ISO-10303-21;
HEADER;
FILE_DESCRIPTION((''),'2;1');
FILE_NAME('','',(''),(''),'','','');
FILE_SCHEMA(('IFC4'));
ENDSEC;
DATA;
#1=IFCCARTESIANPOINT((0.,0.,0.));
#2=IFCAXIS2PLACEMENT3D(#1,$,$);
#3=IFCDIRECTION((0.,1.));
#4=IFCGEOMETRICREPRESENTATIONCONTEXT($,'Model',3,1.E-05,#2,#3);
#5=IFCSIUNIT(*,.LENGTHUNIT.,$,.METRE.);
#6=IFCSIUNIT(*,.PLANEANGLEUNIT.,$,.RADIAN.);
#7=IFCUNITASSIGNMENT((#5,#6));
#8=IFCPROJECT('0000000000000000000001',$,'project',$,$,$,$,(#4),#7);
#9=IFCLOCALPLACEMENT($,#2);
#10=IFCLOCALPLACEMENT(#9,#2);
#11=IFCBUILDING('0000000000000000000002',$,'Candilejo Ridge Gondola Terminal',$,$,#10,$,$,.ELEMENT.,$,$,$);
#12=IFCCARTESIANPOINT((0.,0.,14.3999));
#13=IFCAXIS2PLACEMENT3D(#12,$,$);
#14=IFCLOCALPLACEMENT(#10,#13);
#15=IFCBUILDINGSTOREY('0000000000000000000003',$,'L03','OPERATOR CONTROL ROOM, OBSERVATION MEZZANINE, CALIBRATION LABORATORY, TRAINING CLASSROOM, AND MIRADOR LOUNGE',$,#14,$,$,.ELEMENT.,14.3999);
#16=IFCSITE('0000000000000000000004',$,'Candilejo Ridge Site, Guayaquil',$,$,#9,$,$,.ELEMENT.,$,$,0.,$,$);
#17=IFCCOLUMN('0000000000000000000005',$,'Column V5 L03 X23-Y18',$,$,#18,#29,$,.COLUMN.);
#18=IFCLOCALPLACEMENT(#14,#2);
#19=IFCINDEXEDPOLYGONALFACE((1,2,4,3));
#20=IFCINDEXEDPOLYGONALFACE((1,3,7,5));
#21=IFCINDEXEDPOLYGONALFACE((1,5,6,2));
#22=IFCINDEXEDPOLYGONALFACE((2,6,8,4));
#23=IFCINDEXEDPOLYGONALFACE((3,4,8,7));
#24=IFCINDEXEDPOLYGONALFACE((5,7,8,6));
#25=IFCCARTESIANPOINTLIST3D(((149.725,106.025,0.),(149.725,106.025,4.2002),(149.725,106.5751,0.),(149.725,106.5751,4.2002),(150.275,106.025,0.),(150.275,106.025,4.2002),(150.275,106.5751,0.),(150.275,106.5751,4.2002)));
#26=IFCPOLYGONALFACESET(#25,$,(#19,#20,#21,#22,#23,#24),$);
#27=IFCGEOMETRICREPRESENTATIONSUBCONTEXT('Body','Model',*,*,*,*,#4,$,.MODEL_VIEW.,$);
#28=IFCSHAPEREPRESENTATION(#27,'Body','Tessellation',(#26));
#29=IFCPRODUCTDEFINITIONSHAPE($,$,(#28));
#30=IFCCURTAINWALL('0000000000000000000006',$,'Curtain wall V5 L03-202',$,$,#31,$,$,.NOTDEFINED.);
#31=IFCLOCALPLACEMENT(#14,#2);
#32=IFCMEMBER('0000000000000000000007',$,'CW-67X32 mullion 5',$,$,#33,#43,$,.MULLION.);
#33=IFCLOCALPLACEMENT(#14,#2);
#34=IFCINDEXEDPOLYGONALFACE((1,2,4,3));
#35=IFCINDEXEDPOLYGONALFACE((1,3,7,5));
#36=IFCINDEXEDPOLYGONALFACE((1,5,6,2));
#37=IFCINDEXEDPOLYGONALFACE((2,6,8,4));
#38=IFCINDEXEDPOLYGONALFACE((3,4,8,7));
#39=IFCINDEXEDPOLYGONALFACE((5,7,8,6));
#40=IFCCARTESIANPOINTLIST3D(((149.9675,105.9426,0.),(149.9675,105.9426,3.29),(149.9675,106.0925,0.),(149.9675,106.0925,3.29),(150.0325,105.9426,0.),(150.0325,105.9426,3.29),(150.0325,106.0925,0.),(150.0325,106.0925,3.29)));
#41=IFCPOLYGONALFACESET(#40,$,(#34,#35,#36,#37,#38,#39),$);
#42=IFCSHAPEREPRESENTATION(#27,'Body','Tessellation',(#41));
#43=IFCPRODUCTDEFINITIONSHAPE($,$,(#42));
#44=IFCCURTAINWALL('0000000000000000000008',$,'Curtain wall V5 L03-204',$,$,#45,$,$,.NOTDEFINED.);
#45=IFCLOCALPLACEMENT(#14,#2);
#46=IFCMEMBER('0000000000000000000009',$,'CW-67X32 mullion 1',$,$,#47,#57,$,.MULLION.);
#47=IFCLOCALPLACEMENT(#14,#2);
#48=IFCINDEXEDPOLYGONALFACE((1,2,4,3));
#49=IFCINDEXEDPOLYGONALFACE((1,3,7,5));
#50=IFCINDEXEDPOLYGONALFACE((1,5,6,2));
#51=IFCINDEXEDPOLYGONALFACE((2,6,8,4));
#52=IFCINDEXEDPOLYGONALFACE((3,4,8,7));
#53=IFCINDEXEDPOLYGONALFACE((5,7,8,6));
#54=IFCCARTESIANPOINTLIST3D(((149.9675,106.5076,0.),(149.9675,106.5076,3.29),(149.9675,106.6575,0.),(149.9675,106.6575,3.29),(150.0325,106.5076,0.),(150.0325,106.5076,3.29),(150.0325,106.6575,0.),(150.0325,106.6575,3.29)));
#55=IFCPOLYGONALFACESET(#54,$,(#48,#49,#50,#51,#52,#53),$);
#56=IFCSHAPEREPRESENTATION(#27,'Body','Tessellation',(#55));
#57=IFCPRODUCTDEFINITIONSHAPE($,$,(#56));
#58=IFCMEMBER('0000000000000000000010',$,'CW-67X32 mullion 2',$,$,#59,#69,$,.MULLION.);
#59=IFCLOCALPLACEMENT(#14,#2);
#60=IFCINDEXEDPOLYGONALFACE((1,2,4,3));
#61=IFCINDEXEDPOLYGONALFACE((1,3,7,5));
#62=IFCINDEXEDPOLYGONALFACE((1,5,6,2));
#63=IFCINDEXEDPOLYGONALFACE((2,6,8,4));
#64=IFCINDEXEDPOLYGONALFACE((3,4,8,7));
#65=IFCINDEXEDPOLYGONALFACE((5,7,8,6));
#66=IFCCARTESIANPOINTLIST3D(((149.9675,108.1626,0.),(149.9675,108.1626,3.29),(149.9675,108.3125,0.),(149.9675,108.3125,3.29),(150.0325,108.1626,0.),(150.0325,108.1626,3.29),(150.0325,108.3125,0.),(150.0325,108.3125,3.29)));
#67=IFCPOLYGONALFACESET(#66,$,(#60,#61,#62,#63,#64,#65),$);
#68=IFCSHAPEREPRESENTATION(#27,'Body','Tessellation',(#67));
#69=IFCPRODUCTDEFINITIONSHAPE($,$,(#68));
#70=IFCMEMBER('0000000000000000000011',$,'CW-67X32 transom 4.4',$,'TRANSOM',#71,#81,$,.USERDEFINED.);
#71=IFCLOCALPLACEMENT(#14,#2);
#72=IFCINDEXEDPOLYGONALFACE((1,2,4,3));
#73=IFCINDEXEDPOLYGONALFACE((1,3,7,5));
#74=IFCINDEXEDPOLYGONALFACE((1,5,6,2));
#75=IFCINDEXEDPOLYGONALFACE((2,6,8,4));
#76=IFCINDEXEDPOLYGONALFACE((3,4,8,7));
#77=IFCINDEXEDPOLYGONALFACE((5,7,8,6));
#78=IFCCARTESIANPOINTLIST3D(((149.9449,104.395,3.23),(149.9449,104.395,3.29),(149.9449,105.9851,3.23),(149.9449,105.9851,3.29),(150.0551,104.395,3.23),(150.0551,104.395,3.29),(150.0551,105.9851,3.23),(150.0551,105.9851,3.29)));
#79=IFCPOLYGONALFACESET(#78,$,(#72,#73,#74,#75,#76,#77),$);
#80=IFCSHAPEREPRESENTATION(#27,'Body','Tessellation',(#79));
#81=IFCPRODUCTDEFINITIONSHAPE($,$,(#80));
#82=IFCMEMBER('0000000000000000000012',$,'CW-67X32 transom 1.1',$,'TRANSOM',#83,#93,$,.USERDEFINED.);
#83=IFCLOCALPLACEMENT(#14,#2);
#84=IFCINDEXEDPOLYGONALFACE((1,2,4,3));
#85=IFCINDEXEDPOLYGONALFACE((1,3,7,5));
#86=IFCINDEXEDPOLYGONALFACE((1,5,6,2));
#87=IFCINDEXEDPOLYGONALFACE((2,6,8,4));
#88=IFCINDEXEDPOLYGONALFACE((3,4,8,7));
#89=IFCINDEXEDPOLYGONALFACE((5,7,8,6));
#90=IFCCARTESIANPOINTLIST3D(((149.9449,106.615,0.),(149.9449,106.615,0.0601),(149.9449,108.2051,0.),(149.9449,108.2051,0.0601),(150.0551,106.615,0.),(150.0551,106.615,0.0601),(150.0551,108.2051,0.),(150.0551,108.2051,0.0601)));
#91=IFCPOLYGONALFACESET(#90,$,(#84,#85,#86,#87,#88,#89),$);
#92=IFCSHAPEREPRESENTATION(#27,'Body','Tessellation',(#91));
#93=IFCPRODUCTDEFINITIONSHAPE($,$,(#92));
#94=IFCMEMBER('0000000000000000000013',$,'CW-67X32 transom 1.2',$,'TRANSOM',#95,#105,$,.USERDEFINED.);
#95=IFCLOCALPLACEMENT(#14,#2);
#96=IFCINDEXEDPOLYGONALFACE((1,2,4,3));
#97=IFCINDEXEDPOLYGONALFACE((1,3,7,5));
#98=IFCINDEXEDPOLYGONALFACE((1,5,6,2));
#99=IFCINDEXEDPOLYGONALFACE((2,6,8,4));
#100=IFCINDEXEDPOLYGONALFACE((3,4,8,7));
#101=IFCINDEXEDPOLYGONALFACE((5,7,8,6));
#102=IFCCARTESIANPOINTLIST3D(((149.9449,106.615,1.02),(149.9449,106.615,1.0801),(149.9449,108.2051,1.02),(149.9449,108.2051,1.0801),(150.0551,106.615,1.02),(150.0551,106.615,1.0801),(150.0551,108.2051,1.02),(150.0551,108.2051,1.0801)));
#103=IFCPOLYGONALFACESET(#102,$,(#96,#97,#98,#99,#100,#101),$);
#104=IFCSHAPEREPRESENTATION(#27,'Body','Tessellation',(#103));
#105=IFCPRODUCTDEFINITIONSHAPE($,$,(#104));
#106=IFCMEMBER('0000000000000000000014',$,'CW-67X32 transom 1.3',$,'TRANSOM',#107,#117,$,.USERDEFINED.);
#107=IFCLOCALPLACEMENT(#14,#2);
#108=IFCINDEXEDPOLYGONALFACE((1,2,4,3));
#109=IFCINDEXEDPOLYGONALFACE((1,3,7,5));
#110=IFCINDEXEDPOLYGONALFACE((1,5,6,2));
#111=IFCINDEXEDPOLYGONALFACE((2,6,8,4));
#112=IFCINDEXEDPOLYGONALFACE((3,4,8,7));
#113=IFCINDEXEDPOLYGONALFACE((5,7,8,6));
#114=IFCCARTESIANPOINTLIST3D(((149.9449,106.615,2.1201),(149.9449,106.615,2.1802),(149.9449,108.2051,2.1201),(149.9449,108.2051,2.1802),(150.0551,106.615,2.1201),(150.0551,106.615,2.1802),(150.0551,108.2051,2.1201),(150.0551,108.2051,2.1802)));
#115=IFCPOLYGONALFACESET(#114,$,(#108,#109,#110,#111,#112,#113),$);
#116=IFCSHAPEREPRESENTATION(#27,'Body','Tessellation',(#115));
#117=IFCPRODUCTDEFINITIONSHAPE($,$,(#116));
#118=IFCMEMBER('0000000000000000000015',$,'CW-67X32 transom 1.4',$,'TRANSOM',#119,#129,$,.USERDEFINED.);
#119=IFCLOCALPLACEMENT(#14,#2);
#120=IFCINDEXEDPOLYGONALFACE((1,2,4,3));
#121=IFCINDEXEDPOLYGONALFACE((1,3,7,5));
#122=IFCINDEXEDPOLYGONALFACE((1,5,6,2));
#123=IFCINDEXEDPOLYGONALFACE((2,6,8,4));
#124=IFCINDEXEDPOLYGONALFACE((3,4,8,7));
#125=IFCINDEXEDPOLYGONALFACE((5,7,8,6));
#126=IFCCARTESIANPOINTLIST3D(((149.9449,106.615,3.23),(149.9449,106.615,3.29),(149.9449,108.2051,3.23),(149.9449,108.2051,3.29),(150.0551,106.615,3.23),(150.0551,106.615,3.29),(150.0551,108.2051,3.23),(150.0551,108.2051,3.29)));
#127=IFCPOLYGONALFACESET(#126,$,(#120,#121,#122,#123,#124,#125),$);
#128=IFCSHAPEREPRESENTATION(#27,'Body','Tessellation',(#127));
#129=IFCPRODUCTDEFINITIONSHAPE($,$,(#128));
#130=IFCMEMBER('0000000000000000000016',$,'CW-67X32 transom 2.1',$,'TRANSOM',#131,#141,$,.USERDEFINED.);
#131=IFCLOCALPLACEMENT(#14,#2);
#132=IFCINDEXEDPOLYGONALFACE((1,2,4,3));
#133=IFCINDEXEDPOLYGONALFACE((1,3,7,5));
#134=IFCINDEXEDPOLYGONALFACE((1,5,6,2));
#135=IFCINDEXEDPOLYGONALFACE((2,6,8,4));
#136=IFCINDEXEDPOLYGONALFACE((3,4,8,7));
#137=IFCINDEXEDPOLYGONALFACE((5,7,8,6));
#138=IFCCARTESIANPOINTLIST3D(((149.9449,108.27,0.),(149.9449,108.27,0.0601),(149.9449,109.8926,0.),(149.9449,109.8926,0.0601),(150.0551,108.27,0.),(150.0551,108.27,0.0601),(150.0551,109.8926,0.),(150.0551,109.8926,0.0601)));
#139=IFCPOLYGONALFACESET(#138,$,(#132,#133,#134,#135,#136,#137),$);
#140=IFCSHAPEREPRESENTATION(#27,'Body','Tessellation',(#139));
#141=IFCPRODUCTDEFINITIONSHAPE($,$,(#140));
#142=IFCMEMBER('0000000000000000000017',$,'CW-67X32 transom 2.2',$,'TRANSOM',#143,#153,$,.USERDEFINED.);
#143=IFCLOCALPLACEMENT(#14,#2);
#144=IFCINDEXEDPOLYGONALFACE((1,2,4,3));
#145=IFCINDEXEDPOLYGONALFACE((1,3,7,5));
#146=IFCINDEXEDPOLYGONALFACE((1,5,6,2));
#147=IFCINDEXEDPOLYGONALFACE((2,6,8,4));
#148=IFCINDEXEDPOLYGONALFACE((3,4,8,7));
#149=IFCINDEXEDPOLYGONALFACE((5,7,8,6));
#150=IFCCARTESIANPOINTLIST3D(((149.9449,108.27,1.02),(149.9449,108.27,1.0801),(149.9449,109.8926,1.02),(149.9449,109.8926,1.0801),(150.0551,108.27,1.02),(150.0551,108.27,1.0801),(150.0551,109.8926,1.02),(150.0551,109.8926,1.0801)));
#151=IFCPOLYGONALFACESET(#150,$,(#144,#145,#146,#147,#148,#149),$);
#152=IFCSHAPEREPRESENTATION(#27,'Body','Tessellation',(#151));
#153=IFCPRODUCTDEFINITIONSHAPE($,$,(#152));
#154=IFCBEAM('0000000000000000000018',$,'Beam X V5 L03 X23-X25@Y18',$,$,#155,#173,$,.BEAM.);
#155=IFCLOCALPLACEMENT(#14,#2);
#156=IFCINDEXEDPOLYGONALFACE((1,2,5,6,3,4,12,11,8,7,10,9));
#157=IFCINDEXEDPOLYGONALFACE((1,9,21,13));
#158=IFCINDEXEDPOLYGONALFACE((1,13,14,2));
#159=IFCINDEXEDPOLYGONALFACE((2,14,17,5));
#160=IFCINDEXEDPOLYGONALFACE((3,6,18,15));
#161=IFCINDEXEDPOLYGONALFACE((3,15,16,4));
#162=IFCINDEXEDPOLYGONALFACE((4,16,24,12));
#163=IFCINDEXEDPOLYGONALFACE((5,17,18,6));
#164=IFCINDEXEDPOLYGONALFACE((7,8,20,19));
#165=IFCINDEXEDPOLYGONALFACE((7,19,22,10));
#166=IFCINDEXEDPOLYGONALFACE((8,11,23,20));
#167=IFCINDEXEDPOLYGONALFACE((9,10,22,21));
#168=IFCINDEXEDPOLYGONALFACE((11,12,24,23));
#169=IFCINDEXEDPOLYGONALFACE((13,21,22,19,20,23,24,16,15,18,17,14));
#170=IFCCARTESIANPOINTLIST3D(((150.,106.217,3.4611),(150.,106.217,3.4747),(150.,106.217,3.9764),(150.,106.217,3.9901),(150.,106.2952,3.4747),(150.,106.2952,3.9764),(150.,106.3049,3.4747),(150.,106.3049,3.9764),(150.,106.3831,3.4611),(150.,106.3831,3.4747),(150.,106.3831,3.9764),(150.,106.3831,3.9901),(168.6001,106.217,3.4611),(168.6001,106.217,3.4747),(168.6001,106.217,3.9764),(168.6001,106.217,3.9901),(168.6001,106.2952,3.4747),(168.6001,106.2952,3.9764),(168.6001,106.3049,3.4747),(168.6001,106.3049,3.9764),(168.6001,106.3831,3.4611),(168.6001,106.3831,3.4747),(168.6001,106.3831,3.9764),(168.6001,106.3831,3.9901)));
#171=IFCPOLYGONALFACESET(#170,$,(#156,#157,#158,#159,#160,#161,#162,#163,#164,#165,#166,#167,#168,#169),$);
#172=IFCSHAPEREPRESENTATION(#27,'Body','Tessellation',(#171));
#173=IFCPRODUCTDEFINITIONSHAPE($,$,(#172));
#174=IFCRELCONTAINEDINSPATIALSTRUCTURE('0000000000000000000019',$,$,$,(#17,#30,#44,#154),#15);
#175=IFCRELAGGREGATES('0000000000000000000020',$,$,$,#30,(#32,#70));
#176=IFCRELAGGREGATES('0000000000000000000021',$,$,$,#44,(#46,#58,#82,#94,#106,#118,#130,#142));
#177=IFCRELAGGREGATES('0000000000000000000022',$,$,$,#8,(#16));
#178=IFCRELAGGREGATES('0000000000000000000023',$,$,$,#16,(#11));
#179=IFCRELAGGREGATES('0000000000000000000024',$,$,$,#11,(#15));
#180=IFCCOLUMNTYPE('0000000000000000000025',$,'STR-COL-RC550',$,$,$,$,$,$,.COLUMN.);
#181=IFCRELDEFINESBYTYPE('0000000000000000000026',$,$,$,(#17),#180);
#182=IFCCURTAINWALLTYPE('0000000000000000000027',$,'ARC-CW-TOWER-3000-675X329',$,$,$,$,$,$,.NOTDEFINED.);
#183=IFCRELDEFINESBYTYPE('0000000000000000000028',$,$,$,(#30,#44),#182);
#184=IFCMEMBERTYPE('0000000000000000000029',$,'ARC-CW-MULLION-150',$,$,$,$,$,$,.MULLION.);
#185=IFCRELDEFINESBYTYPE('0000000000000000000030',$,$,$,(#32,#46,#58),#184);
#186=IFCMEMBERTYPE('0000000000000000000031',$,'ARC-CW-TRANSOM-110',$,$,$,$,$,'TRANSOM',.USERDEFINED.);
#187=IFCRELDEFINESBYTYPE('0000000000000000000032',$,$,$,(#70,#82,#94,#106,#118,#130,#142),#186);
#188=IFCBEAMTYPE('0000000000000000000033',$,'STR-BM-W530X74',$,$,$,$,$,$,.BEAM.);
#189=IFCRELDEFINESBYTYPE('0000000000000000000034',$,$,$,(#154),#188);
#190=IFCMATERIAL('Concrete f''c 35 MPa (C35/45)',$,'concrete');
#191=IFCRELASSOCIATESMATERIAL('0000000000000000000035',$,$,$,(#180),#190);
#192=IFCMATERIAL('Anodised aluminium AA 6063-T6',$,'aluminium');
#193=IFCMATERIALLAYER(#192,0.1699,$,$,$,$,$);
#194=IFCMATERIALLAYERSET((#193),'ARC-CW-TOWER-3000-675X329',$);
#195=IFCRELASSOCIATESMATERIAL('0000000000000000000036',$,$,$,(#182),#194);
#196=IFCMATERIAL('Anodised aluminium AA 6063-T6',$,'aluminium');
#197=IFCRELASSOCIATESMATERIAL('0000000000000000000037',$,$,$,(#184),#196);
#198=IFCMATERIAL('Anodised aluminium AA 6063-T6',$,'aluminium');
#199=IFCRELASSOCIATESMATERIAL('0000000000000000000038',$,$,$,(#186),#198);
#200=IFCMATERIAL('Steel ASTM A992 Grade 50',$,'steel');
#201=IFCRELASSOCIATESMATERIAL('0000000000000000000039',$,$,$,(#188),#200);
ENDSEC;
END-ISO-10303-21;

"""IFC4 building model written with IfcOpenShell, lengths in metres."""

from ifc_helpers import new_model, si_unit, direction, frame, origin, origin_2d, place, context, subcontext, project, spatial, rectangle, i_section, extrude, material, layer, layer_set, material_profile, profile_set, type_object, element, aggregate, save


model = new_model("IFC4")

# Units and contexts
model_context = context("Model", 3, precision=1e-05, world=origin(), true_north=direction((0.0, 1.0)))
body_context = subcontext(model_context, "Body", "Model", "MODEL_VIEW")
ifc_project = project(units=[si_unit("LENGTHUNIT", "METRE"), si_unit("PLANEANGLEUNIT", "RADIAN")], contexts=[model_context])

# Site, building, storey
site_placement = place(None, origin())
site = spatial("IfcSite", under=ifc_project, at=site_placement, Name="Candilejo Ridge Site, Guayaquil", CompositionType="ELEMENT", RefElevation=0.0)
building_placement = place(site_placement, origin())
building = spatial("IfcBuilding", under=site, at=building_placement, Name="Candilejo Ridge Gondola Terminal", CompositionType="ELEMENT")
storey_placement = place(building_placement, frame((0.0, 0.0, 14.3999)))
storey = spatial("IfcBuildingStorey", under=building, at=storey_placement, Name="L03", Description="OPERATOR CONTROL ROOM, OBSERVATION MEZZANINE, CALIBRATION LABORATORY, TRAINING CLASSROOM, AND MIRADOR LOUNGE", CompositionType="ELEMENT", Elevation=14.3999)

# Column
ifc_material_1 = material(Name="Concrete f'c 35 MPa (C35/45)", Category="concrete")
ifc_material_profile_1 = material_profile(ifc_material_1, rectangle(XDim=0.55, YDim=0.55, at=origin_2d()))
ifc_profile_set_1 = profile_set([ifc_material_profile_1], Name="Concrete f'c 35 MPa (C35/45)")
column_type = type_object("IfcColumnType", Name="STR-COL-RC550", PredefinedType="COLUMN", material=ifc_profile_set_1)
column_placement = place(storey_placement, frame((150.0, 106.3, 0.0), z_axis=(0.0, 0.0, 1.0), x_axis=(1.0, 0.0, 0.0)))
element("IfcColumn", 1, at=column_placement, inside=storey, type_object=column_type, Name="Column V5 L03 X23-Y18", PredefinedType="COLUMN", context=body_context, shape_type="SweptSolid", body=[
    extrude(rectangle(XDim=0.55, YDim=0.55, at=origin_2d()), origin(), (0.0, 0.0, 1.0), 4.2002),
])

# Curtain wall, member
ifc_material_2 = material(Name="Anodised aluminium AA 6063-T6", Category="aluminium")
ifc_layer_1 = layer(ifc_material_2, 0.1699)
ifc_layer_set_1 = layer_set([ifc_layer_1], Name="ARC-CW-TOWER-3000-675X329")
curtain_wall_type = type_object("IfcCurtainWallType", Name="ARC-CW-TOWER-3000-675X329", PredefinedType="NOTDEFINED", material=ifc_layer_set_1)
curtain_wall_1_placement = place(storey_placement, origin())
curtain_wall_1 = element("IfcCurtainWall", 2, at=curtain_wall_1_placement, inside=storey, type_object=curtain_wall_type, Name="Curtain wall V5 L03-202", PredefinedType="NOTDEFINED")
ifc_material_3 = material(Name="Anodised aluminium AA 6063-T6", Category="aluminium")
ifc_material_profile_2 = material_profile(ifc_material_3, rectangle(XDim=0.0649, YDim=0.1499, at=origin_2d()))
ifc_profile_set_2 = profile_set([ifc_material_profile_2], Name="Anodised aluminium AA 6063-T6")
member_type_1 = type_object("IfcMemberType", Name="ARC-CW-MULLION-150", PredefinedType="MULLION", material=ifc_profile_set_2)
member_1_placement = place(storey_placement, frame((150.0, 106.0176, 0.0), z_axis=(0.0, 0.0, 1.0), x_axis=(-1.0, 0.0, 0.0)))
member_1 = element("IfcMember", 3, at=member_1_placement, type_object=member_type_1, Name="CW-67X32 mullion 5", PredefinedType="MULLION", context=body_context, shape_type="SweptSolid", body=[
    extrude(rectangle(XDim=0.0649, YDim=0.1499, at=origin_2d()), origin(), (0.0, 0.0, 1.0), 3.29),
])

# Curtain wall, members
curtain_wall_2_placement = place(storey_placement, origin())
curtain_wall_2 = element("IfcCurtainWall", 4, at=curtain_wall_2_placement, inside=storey, type_object=curtain_wall_type, Name="Curtain wall V5 L03-204", PredefinedType="NOTDEFINED")
member_2_placement = place(storey_placement, frame((150.0, 106.5825, 0.0), z_axis=(0.0, 0.0, 1.0), x_axis=(-1.0, 0.0, 0.0)))
member_2 = element("IfcMember", 5, at=member_2_placement, type_object=member_type_1, Name="CW-67X32 mullion 1", PredefinedType="MULLION", context=body_context, shape_type="SweptSolid", body=[
    extrude(rectangle(XDim=0.0649, YDim=0.1499, at=origin_2d()), origin(), (0.0, 0.0, 1.0), 3.29),
])
member_3_placement = place(storey_placement, frame((150.0, 108.2375, 0.0), z_axis=(0.0, 0.0, 1.0), x_axis=(-1.0, 0.0, 0.0)))
member_3 = element("IfcMember", 6, at=member_3_placement, type_object=member_type_1, Name="CW-67X32 mullion 2", PredefinedType="MULLION", context=body_context, shape_type="SweptSolid", body=[
    extrude(rectangle(XDim=0.0649, YDim=0.1499, at=origin_2d()), origin(), (0.0, 0.0, 1.0), 3.29),
])

# Members
ifc_material_4 = material(Name="Anodised aluminium AA 6063-T6", Category="aluminium")
ifc_material_profile_3 = material_profile(ifc_material_4, rectangle(XDim=0.1101, YDim=0.0601, at=origin_2d()))
ifc_profile_set_3 = profile_set([ifc_material_profile_3], Name="Anodised aluminium AA 6063-T6")
member_type_2 = type_object("IfcMemberType", Name="ARC-CW-TRANSOM-110", ElementType="TRANSOM", PredefinedType="USERDEFINED", material=ifc_profile_set_3)
member_4_placement = place(storey_placement, frame((150.0, 104.395, 3.26), z_axis=(0.0, 1.0, 0.0), x_axis=(-1.0, 0.0, 0.0)))
member_4 = element("IfcMember", 7, at=member_4_placement, type_object=member_type_2, Name="CW-67X32 transom 4.4", ObjectType="TRANSOM", PredefinedType="USERDEFINED", context=body_context, shape_type="SweptSolid", body=[
    extrude(rectangle(XDim=0.1101, YDim=0.0601, at=origin_2d()), origin(), (0.0, 0.0, 1.0), 1.5901),
])
member_5_placement = place(storey_placement, frame((150.0, 106.615, 0.03), z_axis=(0.0, 1.0, 0.0), x_axis=(-1.0, 0.0, 0.0)))
member_5 = element("IfcMember", 8, at=member_5_placement, type_object=member_type_2, Name="CW-67X32 transom 1.1", ObjectType="TRANSOM", PredefinedType="USERDEFINED", context=body_context, shape_type="SweptSolid", body=[
    extrude(rectangle(XDim=0.1101, YDim=0.0601, at=origin_2d()), origin(), (0.0, 0.0, 1.0), 1.5901),
])
member_6_placement = place(storey_placement, frame((150.0, 106.615, 1.05), z_axis=(0.0, 1.0, 0.0), x_axis=(-1.0, 0.0, 0.0)))
member_6 = element("IfcMember", 9, at=member_6_placement, type_object=member_type_2, Name="CW-67X32 transom 1.2", ObjectType="TRANSOM", PredefinedType="USERDEFINED", context=body_context, shape_type="SweptSolid", body=[
    extrude(rectangle(XDim=0.1101, YDim=0.0601, at=origin_2d()), origin(), (0.0, 0.0, 1.0), 1.5901),
])
member_7_placement = place(storey_placement, frame((150.0, 106.615, 2.1501), z_axis=(0.0, 1.0, 0.0), x_axis=(-1.0, 0.0, 0.0)))
member_7 = element("IfcMember", 10, at=member_7_placement, type_object=member_type_2, Name="CW-67X32 transom 1.3", ObjectType="TRANSOM", PredefinedType="USERDEFINED", context=body_context, shape_type="SweptSolid", body=[
    extrude(rectangle(XDim=0.1101, YDim=0.0601, at=origin_2d()), origin(), (0.0, 0.0, 1.0), 1.5901),
])
member_8_placement = place(storey_placement, frame((150.0, 106.615, 3.26), z_axis=(0.0, 1.0, 0.0), x_axis=(-1.0, 0.0, 0.0)))
member_8 = element("IfcMember", 11, at=member_8_placement, type_object=member_type_2, Name="CW-67X32 transom 1.4", ObjectType="TRANSOM", PredefinedType="USERDEFINED", context=body_context, shape_type="SweptSolid", body=[
    extrude(rectangle(XDim=0.1101, YDim=0.0601, at=origin_2d()), origin(), (0.0, 0.0, 1.0), 1.5901),
])
member_9_placement = place(storey_placement, frame((150.0, 108.27, 0.03), z_axis=(0.0, 1.0, 0.0), x_axis=(-1.0, 0.0, 0.0)))
member_9 = element("IfcMember", 12, at=member_9_placement, type_object=member_type_2, Name="CW-67X32 transom 2.1", ObjectType="TRANSOM", PredefinedType="USERDEFINED", context=body_context, shape_type="SweptSolid", body=[
    extrude(rectangle(XDim=0.1101, YDim=0.0601, at=origin_2d()), origin(), (0.0, 0.0, 1.0), 1.6226),
])
member_10_placement = place(storey_placement, frame((150.0, 108.27, 1.05), z_axis=(0.0, 1.0, 0.0), x_axis=(-1.0, 0.0, 0.0)))
member_10 = element("IfcMember", 13, at=member_10_placement, type_object=member_type_2, Name="CW-67X32 transom 2.2", ObjectType="TRANSOM", PredefinedType="USERDEFINED", context=body_context, shape_type="SweptSolid", body=[
    extrude(rectangle(XDim=0.1101, YDim=0.0601, at=origin_2d()), origin(), (0.0, 0.0, 1.0), 1.6226),
])

# Beam
ifc_material_5 = material(Name="Steel ASTM A992 Grade 50", Category="steel")
ifc_material_profile_4 = material_profile(ifc_material_5, i_section(OverallWidth=0.166, OverallDepth=0.5291, WebThickness=0.0098, FlangeThickness=0.0137, at=origin_2d()))
ifc_profile_set_4 = profile_set([ifc_material_profile_4], Name="Steel ASTM A992 Grade 50")
beam_type_1 = type_object("IfcBeamType", Name="STR-BM-W530X74", PredefinedType="BEAM", material=ifc_profile_set_4)
beam_1_placement = place(storey_placement, frame((150.0, 106.3, 3.7256), z_axis=(1.0, 0.0, 0.0), x_axis=(0.0, 1.0, 0.0)))
element("IfcBeam", 14, at=beam_1_placement, inside=storey, type_object=beam_type_1, Name="Beam X V5 L03 X23-X25@Y18", PredefinedType="BEAM", context=body_context, shape_type="SweptSolid", body=[
    extrude(i_section(OverallWidth=0.166, OverallDepth=0.5291, WebThickness=0.0098, FlangeThickness=0.0137, at=origin_2d()), origin(), (0.0, 0.0, 1.0), 18.6001),
])

aggregate(curtain_wall_1, [member_1, member_4])
aggregate(curtain_wall_2, [member_2, member_3, member_5, member_6, member_7, member_8, member_9, member_10])

save(model, "model.ifc")
